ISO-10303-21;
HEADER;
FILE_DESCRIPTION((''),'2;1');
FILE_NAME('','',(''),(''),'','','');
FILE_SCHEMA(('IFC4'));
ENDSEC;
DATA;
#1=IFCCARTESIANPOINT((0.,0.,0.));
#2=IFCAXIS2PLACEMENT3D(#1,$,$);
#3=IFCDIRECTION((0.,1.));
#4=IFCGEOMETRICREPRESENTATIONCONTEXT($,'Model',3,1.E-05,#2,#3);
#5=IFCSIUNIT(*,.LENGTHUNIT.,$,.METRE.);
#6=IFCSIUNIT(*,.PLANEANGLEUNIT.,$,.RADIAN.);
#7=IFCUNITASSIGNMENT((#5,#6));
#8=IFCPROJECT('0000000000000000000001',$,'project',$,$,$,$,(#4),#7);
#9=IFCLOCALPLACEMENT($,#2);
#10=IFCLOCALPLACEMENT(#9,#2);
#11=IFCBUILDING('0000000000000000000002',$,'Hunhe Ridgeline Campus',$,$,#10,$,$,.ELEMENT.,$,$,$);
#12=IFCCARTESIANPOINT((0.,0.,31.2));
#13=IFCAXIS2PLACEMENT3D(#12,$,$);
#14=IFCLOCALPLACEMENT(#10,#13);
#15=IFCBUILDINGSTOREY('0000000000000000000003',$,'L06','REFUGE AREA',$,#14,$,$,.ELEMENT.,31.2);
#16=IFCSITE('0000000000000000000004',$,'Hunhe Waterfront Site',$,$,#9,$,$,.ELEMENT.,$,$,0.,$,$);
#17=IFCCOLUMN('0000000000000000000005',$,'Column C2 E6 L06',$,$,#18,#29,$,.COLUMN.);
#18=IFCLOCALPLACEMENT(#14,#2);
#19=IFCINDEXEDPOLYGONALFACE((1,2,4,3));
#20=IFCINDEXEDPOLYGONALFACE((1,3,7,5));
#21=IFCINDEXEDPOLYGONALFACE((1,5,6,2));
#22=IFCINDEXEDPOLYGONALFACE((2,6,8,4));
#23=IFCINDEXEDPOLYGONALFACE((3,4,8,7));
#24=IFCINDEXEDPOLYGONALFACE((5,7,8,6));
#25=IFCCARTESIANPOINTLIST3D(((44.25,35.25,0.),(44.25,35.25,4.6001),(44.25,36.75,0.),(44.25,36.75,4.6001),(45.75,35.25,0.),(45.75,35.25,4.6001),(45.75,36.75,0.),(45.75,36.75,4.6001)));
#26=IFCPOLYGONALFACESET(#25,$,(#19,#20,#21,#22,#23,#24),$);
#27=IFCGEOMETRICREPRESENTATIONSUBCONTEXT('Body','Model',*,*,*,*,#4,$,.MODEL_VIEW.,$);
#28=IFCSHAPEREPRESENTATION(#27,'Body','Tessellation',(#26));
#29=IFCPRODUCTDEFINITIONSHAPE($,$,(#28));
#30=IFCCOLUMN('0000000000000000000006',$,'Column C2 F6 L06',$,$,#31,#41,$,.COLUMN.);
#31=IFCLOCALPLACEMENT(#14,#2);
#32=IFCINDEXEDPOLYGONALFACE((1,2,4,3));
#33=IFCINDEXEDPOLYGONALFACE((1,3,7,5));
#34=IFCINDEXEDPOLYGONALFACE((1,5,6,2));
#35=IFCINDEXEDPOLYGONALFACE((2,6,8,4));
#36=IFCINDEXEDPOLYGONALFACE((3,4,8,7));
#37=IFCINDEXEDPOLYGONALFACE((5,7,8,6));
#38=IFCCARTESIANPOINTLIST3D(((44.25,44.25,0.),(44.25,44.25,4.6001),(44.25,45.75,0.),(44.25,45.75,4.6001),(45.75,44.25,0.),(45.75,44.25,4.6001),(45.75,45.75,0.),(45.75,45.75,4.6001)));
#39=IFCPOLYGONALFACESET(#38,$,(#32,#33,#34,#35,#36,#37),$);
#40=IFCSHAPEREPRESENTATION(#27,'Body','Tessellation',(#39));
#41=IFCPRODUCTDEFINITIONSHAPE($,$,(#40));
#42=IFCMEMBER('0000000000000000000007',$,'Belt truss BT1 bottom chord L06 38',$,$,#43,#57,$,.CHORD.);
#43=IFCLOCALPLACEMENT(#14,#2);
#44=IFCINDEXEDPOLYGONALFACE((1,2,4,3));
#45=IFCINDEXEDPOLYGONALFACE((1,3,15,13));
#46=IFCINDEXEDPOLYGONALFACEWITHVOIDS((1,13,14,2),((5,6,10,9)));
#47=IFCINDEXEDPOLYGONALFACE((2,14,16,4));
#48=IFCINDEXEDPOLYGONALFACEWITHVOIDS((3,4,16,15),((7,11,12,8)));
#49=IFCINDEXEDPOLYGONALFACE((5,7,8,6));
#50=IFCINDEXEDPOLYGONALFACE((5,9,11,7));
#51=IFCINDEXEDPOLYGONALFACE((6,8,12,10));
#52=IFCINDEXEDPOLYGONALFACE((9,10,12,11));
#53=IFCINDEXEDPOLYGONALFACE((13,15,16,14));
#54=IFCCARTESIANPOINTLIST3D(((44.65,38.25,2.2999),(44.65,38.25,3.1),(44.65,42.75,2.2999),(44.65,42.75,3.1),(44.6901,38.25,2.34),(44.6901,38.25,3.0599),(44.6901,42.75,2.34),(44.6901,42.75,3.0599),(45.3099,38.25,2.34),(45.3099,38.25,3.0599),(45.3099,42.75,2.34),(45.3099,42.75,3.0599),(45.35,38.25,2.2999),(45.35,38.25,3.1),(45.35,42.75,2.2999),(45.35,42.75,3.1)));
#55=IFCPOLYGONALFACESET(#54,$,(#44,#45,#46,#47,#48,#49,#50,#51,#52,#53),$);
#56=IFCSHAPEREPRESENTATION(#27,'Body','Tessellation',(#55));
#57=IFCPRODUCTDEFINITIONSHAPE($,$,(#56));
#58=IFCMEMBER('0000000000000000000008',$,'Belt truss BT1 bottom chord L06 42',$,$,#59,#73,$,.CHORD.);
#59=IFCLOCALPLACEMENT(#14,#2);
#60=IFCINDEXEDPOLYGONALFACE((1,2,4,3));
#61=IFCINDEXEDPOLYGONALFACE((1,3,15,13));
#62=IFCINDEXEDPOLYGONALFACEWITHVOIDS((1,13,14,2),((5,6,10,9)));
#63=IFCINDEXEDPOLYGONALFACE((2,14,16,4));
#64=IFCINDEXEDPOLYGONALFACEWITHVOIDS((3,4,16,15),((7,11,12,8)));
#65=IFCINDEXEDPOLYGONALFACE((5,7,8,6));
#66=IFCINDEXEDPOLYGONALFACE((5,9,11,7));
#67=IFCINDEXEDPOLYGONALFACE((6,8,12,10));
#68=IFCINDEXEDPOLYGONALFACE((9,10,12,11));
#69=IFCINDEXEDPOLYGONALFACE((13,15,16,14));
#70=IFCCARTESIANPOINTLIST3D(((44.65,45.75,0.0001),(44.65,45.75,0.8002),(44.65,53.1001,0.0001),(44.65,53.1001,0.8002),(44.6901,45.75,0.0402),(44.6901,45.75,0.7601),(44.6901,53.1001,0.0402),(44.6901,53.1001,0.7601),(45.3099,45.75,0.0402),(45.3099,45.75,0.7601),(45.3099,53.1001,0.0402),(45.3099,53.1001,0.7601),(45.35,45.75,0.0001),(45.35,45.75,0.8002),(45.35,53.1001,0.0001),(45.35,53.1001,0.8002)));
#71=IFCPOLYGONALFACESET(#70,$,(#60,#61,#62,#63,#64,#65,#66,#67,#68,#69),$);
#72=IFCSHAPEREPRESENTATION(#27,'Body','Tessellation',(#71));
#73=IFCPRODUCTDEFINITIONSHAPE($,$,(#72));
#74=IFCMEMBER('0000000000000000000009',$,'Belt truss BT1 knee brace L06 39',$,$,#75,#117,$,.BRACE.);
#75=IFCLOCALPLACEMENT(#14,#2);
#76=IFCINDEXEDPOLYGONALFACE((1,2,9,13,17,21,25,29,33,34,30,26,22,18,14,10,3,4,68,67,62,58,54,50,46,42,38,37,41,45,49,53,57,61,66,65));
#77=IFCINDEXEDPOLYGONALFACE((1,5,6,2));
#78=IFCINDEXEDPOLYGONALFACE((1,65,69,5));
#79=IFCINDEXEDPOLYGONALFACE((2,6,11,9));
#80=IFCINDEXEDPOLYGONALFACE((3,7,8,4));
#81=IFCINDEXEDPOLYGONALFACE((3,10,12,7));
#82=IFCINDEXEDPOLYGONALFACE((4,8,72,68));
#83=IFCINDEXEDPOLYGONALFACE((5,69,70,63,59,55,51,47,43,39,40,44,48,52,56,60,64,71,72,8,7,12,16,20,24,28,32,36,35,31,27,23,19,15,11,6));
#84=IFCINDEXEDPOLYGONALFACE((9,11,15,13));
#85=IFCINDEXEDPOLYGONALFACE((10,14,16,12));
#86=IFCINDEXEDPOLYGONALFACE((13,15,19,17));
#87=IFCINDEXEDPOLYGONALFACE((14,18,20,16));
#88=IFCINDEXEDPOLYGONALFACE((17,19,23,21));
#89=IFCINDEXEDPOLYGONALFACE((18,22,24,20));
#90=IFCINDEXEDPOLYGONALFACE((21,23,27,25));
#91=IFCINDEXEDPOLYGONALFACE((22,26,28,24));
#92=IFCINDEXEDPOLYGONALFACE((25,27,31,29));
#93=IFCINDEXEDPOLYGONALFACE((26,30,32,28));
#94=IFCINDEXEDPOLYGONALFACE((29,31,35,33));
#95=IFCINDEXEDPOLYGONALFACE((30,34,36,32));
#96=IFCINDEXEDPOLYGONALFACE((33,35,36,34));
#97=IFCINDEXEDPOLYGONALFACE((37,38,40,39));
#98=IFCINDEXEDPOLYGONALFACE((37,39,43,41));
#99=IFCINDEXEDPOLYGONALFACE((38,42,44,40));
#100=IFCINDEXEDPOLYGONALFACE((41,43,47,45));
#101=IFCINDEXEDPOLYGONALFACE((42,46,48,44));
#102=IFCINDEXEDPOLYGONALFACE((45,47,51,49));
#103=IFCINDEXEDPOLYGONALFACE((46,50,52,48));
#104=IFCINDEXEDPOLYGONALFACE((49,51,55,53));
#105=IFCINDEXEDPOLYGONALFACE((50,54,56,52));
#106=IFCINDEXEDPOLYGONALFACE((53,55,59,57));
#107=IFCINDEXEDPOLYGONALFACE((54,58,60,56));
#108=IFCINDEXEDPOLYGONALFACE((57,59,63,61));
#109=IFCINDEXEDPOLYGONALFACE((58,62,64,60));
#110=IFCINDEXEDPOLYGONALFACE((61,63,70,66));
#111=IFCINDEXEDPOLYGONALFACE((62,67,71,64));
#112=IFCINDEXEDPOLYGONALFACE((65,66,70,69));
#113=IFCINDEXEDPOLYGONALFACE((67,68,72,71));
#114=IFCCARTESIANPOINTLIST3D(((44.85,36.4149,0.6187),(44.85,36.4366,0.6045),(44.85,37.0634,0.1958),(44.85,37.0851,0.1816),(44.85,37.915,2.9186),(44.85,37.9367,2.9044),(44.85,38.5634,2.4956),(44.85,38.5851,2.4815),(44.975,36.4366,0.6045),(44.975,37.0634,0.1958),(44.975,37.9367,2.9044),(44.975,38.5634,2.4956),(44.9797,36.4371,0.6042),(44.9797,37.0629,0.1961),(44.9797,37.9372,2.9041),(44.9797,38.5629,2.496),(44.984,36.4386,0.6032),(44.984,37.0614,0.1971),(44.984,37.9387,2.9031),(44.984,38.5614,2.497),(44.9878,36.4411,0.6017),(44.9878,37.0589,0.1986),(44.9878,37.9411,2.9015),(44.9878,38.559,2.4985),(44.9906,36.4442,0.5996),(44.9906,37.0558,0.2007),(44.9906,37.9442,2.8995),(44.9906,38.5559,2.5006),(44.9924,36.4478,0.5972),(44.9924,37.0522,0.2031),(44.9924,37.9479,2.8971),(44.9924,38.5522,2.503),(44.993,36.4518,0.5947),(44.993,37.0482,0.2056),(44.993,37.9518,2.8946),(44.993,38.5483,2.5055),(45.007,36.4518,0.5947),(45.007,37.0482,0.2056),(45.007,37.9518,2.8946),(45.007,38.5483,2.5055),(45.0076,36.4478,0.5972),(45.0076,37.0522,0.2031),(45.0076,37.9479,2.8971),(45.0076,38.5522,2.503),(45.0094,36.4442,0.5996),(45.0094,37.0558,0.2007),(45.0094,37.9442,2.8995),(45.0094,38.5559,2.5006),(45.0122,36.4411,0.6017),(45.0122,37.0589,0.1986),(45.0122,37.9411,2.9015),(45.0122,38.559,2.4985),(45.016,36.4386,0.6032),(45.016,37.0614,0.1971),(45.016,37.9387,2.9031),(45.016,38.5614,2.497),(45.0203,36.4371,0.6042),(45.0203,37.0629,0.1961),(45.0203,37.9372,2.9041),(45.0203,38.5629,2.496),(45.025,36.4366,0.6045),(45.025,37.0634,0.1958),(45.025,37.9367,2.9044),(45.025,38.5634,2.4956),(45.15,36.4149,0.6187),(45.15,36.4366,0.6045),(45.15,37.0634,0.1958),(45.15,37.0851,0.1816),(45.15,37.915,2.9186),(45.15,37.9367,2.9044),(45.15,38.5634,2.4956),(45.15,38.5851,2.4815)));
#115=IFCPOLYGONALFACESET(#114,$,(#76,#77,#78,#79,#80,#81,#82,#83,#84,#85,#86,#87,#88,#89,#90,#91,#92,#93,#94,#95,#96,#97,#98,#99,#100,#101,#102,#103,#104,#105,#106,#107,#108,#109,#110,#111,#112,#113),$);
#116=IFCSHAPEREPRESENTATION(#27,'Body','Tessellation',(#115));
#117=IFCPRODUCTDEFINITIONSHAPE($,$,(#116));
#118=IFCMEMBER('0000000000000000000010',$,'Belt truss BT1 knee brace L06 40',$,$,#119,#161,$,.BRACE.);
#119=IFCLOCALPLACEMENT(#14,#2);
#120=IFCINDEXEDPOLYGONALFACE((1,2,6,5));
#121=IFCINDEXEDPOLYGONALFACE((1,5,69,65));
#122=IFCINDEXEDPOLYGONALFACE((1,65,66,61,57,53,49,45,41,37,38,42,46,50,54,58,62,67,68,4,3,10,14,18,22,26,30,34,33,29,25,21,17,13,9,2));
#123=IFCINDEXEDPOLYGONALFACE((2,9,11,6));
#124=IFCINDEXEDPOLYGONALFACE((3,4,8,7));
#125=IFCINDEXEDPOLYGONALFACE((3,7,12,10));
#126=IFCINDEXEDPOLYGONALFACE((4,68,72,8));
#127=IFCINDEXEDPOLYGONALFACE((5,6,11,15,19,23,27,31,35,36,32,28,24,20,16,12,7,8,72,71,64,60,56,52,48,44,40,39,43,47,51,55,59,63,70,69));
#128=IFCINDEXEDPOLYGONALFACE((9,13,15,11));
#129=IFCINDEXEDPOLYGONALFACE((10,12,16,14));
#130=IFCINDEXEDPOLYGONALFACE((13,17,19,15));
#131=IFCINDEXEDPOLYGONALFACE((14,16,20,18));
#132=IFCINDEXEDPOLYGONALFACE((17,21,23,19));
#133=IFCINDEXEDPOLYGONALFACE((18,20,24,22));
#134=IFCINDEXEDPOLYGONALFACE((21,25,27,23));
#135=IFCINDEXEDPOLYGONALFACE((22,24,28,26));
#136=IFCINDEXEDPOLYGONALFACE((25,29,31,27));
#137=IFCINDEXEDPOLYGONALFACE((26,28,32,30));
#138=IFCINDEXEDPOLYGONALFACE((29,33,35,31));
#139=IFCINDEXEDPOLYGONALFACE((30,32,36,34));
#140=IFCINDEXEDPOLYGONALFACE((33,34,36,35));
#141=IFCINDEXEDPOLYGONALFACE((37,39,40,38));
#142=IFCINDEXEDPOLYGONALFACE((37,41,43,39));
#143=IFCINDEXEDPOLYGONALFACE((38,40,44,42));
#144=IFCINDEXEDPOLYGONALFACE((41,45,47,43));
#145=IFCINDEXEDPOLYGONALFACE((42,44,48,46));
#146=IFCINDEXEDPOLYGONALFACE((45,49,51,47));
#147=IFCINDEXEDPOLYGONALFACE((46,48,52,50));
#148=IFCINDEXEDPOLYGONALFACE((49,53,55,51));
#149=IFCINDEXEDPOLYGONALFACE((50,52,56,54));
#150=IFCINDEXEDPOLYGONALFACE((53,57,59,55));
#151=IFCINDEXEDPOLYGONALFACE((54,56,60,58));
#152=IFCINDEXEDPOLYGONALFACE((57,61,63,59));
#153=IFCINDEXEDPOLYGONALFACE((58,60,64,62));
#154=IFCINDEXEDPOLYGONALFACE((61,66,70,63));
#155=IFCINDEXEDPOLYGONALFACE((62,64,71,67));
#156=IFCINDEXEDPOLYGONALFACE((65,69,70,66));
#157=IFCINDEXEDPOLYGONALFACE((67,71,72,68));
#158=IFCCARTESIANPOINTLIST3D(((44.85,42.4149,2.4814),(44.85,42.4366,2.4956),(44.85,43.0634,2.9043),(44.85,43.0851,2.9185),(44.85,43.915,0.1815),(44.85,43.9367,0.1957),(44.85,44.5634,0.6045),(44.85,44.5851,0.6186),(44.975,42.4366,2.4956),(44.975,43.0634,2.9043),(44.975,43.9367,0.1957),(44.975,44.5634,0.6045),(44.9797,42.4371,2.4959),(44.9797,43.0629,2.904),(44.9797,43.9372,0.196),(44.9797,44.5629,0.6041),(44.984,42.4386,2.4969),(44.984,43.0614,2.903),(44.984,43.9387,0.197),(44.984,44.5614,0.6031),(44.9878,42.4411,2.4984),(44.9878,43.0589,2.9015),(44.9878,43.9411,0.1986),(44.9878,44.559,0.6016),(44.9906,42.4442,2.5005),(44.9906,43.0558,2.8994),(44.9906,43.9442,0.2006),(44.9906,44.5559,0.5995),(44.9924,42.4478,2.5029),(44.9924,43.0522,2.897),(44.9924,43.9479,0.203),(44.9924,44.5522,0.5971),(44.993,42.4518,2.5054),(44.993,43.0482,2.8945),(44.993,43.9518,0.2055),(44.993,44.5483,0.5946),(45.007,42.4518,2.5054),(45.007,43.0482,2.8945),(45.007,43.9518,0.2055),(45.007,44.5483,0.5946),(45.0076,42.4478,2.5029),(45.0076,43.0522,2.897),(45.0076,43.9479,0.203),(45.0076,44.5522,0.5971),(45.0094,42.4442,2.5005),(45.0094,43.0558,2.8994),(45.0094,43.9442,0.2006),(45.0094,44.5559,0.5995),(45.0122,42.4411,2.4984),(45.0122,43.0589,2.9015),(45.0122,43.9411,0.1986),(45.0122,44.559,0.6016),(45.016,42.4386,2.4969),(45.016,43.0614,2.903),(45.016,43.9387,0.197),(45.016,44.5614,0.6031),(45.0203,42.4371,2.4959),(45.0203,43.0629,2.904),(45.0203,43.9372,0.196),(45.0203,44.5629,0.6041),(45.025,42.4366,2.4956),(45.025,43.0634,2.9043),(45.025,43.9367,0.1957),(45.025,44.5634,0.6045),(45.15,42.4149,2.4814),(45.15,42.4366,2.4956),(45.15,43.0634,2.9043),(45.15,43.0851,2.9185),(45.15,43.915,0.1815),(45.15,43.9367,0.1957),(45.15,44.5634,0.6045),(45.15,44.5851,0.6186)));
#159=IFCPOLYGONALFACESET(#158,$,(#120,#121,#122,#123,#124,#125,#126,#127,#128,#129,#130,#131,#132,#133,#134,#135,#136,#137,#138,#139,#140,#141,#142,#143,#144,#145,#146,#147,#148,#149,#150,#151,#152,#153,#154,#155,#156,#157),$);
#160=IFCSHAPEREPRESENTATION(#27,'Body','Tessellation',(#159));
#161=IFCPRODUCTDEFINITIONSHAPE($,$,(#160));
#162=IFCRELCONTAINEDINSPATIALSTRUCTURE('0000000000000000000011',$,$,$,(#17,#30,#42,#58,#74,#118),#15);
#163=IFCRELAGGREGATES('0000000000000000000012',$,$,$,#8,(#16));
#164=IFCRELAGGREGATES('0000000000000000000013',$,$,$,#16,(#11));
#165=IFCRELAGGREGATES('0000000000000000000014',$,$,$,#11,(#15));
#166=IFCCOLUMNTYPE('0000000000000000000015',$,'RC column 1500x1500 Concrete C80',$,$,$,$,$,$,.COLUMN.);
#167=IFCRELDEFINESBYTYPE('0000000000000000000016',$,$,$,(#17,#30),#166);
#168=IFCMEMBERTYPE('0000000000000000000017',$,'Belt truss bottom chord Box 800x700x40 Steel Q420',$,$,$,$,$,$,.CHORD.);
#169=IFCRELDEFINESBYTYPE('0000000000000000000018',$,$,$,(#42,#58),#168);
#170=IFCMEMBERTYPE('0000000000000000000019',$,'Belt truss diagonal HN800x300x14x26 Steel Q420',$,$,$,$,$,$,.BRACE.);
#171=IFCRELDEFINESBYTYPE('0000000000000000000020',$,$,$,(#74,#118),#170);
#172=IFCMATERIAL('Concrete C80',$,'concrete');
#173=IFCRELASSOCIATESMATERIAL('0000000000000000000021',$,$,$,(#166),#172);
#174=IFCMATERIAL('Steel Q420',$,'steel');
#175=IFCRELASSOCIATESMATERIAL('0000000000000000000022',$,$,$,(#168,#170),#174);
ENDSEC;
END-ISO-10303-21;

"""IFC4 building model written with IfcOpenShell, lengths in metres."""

from ifc_helpers import new_model, si_unit, direction, frame, origin, origin_2d, place, context, subcontext, project, spatial, rectangle, hollow_rectangle, i_section, extrude, material, material_profile, profile_set, type_object, element, save


model = new_model("IFC4")

# Units and contexts
model_context = context("Model", 3, precision=1e-05, world=origin(), true_north=direction((0.0, 1.0)))
body_context = subcontext(model_context, "Body", "Model", "MODEL_VIEW")
ifc_project = project(units=[si_unit("LENGTHUNIT", "METRE"), si_unit("PLANEANGLEUNIT", "RADIAN")], contexts=[model_context])

# Site, building, storey
site_placement = place(None, origin())
site = spatial("IfcSite", under=ifc_project, at=site_placement, Name="Hunhe Waterfront Site", CompositionType="ELEMENT", RefElevation=0.0)
building_placement = place(site_placement, origin())
building = spatial("IfcBuilding", under=site, at=building_placement, Name="Hunhe Ridgeline Campus", CompositionType="ELEMENT")
storey_placement = place(building_placement, frame((0.0, 0.0, 31.2)))
storey = spatial("IfcBuildingStorey", under=building, at=storey_placement, Name="L06", Description="REFUGE AREA", CompositionType="ELEMENT", Elevation=31.2)

# Columns
ifc_material_1 = material(Name="Concrete C80", Category="concrete")
ifc_material_profile_1 = material_profile(ifc_material_1, rectangle(XDim=1.5, YDim=1.5, at=origin_2d()))
ifc_profile_set_1 = profile_set([ifc_material_profile_1], Name="Concrete C80")
column_type = type_object("IfcColumnType", Name="RC column 1500x1500 Concrete C80", PredefinedType="COLUMN", material=ifc_profile_set_1)
for number, where, z_axis, x_axis, name in (
    (1, (45.0, 36.0, 0.0), (0.0, 0.0, 1.0), (1.0, 0.0, 0.0), "Column C2 E6 L06"),
    (2, (45.0, 45.0, 0.0), (0.0, 0.0, 1.0), (1.0, 0.0, 0.0), "Column C2 F6 L06"),
):
    element("IfcColumn", number, at=place(storey_placement, frame(where, z_axis=z_axis, x_axis=x_axis)), inside=storey, type_object=column_type, Name=name, PredefinedType="COLUMN", context=body_context, shape_type="SweptSolid", body=[
        extrude(rectangle(XDim=1.5, YDim=1.5, at=origin_2d()), origin(), (0.0, 0.0, 1.0), 4.6001),
    ])

# Members
ifc_material_2 = material(Name="Steel Q420", Category="steel")
ifc_material_profile_2 = material_profile(ifc_material_2, hollow_rectangle(XDim=0.7, YDim=0.8, WallThickness=0.04, at=origin_2d()))
ifc_profile_set_2 = profile_set([ifc_material_profile_2], Name="Steel Q420")
member_type_1 = type_object("IfcMemberType", Name="Belt truss bottom chord Box 800x700x40 Steel Q420", PredefinedType="CHORD", material=ifc_profile_set_2)
member_1_placement = place(storey_placement, frame((45.0, 38.25, 2.7), z_axis=(0.0, 1.0, 0.0), x_axis=(-1.0, 0.0, 0.0)))
element("IfcMember", 3, at=member_1_placement, inside=storey, type_object=member_type_1, Name="Belt truss BT1 bottom chord L06 38", PredefinedType="CHORD", context=body_context, shape_type="SweptSolid", body=[
    extrude(hollow_rectangle(XDim=0.7, YDim=0.8, WallThickness=0.04, at=origin_2d()), origin(), (0.0, 0.0, 1.0), 4.5),
])
member_2_placement = place(storey_placement, frame((45.0, 45.75, 0.4001), z_axis=(0.0, 1.0, 0.0), x_axis=(-1.0, 0.0, 0.0)))
element("IfcMember", 4, at=member_2_placement, inside=storey, type_object=member_type_1, Name="Belt truss BT1 bottom chord L06 42", PredefinedType="CHORD", context=body_context, shape_type="SweptSolid", body=[
    extrude(hollow_rectangle(XDim=0.7, YDim=0.8, WallThickness=0.04, at=origin_2d()), origin(), (0.0, 0.0, 1.0), 7.3501),
])
ifc_material_profile_3 = material_profile(ifc_material_2, i_section(OverallWidth=0.3, OverallDepth=0.8, WebThickness=0.0139, FlangeThickness=0.0259, FilletRadius=0.0181, at=origin_2d()))
ifc_profile_set_3 = profile_set([ifc_material_profile_3], Name="Steel Q420")
member_type_2 = type_object("IfcMemberType", Name="Belt truss diagonal HN800x300x14x26 Steel Q420", PredefinedType="BRACE", material=ifc_profile_set_3)
for number, where, z_axis, x_axis, name in (
    (5, (45.0, 36.75, 0.4001), (0.0, 0.5463, 0.837589), (-1.0, 0.0, 0.0), "Belt truss BT1 knee brace L06 39"),
    (6, (45.0, 42.75, 2.7), (0.0, 0.5463, -0.837589), (-1.0, 0.0, 0.0), "Belt truss BT1 knee brace L06 40"),
):
    element("IfcMember", number, at=place(storey_placement, frame(where, z_axis=z_axis, x_axis=x_axis)), inside=storey, type_object=member_type_2, Name=name, PredefinedType="BRACE", context=body_context, shape_type="SweptSolid", body=[
        extrude(i_section(OverallWidth=0.3, OverallDepth=0.8, WebThickness=0.0139, FlangeThickness=0.0259, FilletRadius=0.0181, at=origin_2d()), origin(), (0.0, 0.0, 1.0), 2.7458),
    ])

save(model, "model.ifc")
